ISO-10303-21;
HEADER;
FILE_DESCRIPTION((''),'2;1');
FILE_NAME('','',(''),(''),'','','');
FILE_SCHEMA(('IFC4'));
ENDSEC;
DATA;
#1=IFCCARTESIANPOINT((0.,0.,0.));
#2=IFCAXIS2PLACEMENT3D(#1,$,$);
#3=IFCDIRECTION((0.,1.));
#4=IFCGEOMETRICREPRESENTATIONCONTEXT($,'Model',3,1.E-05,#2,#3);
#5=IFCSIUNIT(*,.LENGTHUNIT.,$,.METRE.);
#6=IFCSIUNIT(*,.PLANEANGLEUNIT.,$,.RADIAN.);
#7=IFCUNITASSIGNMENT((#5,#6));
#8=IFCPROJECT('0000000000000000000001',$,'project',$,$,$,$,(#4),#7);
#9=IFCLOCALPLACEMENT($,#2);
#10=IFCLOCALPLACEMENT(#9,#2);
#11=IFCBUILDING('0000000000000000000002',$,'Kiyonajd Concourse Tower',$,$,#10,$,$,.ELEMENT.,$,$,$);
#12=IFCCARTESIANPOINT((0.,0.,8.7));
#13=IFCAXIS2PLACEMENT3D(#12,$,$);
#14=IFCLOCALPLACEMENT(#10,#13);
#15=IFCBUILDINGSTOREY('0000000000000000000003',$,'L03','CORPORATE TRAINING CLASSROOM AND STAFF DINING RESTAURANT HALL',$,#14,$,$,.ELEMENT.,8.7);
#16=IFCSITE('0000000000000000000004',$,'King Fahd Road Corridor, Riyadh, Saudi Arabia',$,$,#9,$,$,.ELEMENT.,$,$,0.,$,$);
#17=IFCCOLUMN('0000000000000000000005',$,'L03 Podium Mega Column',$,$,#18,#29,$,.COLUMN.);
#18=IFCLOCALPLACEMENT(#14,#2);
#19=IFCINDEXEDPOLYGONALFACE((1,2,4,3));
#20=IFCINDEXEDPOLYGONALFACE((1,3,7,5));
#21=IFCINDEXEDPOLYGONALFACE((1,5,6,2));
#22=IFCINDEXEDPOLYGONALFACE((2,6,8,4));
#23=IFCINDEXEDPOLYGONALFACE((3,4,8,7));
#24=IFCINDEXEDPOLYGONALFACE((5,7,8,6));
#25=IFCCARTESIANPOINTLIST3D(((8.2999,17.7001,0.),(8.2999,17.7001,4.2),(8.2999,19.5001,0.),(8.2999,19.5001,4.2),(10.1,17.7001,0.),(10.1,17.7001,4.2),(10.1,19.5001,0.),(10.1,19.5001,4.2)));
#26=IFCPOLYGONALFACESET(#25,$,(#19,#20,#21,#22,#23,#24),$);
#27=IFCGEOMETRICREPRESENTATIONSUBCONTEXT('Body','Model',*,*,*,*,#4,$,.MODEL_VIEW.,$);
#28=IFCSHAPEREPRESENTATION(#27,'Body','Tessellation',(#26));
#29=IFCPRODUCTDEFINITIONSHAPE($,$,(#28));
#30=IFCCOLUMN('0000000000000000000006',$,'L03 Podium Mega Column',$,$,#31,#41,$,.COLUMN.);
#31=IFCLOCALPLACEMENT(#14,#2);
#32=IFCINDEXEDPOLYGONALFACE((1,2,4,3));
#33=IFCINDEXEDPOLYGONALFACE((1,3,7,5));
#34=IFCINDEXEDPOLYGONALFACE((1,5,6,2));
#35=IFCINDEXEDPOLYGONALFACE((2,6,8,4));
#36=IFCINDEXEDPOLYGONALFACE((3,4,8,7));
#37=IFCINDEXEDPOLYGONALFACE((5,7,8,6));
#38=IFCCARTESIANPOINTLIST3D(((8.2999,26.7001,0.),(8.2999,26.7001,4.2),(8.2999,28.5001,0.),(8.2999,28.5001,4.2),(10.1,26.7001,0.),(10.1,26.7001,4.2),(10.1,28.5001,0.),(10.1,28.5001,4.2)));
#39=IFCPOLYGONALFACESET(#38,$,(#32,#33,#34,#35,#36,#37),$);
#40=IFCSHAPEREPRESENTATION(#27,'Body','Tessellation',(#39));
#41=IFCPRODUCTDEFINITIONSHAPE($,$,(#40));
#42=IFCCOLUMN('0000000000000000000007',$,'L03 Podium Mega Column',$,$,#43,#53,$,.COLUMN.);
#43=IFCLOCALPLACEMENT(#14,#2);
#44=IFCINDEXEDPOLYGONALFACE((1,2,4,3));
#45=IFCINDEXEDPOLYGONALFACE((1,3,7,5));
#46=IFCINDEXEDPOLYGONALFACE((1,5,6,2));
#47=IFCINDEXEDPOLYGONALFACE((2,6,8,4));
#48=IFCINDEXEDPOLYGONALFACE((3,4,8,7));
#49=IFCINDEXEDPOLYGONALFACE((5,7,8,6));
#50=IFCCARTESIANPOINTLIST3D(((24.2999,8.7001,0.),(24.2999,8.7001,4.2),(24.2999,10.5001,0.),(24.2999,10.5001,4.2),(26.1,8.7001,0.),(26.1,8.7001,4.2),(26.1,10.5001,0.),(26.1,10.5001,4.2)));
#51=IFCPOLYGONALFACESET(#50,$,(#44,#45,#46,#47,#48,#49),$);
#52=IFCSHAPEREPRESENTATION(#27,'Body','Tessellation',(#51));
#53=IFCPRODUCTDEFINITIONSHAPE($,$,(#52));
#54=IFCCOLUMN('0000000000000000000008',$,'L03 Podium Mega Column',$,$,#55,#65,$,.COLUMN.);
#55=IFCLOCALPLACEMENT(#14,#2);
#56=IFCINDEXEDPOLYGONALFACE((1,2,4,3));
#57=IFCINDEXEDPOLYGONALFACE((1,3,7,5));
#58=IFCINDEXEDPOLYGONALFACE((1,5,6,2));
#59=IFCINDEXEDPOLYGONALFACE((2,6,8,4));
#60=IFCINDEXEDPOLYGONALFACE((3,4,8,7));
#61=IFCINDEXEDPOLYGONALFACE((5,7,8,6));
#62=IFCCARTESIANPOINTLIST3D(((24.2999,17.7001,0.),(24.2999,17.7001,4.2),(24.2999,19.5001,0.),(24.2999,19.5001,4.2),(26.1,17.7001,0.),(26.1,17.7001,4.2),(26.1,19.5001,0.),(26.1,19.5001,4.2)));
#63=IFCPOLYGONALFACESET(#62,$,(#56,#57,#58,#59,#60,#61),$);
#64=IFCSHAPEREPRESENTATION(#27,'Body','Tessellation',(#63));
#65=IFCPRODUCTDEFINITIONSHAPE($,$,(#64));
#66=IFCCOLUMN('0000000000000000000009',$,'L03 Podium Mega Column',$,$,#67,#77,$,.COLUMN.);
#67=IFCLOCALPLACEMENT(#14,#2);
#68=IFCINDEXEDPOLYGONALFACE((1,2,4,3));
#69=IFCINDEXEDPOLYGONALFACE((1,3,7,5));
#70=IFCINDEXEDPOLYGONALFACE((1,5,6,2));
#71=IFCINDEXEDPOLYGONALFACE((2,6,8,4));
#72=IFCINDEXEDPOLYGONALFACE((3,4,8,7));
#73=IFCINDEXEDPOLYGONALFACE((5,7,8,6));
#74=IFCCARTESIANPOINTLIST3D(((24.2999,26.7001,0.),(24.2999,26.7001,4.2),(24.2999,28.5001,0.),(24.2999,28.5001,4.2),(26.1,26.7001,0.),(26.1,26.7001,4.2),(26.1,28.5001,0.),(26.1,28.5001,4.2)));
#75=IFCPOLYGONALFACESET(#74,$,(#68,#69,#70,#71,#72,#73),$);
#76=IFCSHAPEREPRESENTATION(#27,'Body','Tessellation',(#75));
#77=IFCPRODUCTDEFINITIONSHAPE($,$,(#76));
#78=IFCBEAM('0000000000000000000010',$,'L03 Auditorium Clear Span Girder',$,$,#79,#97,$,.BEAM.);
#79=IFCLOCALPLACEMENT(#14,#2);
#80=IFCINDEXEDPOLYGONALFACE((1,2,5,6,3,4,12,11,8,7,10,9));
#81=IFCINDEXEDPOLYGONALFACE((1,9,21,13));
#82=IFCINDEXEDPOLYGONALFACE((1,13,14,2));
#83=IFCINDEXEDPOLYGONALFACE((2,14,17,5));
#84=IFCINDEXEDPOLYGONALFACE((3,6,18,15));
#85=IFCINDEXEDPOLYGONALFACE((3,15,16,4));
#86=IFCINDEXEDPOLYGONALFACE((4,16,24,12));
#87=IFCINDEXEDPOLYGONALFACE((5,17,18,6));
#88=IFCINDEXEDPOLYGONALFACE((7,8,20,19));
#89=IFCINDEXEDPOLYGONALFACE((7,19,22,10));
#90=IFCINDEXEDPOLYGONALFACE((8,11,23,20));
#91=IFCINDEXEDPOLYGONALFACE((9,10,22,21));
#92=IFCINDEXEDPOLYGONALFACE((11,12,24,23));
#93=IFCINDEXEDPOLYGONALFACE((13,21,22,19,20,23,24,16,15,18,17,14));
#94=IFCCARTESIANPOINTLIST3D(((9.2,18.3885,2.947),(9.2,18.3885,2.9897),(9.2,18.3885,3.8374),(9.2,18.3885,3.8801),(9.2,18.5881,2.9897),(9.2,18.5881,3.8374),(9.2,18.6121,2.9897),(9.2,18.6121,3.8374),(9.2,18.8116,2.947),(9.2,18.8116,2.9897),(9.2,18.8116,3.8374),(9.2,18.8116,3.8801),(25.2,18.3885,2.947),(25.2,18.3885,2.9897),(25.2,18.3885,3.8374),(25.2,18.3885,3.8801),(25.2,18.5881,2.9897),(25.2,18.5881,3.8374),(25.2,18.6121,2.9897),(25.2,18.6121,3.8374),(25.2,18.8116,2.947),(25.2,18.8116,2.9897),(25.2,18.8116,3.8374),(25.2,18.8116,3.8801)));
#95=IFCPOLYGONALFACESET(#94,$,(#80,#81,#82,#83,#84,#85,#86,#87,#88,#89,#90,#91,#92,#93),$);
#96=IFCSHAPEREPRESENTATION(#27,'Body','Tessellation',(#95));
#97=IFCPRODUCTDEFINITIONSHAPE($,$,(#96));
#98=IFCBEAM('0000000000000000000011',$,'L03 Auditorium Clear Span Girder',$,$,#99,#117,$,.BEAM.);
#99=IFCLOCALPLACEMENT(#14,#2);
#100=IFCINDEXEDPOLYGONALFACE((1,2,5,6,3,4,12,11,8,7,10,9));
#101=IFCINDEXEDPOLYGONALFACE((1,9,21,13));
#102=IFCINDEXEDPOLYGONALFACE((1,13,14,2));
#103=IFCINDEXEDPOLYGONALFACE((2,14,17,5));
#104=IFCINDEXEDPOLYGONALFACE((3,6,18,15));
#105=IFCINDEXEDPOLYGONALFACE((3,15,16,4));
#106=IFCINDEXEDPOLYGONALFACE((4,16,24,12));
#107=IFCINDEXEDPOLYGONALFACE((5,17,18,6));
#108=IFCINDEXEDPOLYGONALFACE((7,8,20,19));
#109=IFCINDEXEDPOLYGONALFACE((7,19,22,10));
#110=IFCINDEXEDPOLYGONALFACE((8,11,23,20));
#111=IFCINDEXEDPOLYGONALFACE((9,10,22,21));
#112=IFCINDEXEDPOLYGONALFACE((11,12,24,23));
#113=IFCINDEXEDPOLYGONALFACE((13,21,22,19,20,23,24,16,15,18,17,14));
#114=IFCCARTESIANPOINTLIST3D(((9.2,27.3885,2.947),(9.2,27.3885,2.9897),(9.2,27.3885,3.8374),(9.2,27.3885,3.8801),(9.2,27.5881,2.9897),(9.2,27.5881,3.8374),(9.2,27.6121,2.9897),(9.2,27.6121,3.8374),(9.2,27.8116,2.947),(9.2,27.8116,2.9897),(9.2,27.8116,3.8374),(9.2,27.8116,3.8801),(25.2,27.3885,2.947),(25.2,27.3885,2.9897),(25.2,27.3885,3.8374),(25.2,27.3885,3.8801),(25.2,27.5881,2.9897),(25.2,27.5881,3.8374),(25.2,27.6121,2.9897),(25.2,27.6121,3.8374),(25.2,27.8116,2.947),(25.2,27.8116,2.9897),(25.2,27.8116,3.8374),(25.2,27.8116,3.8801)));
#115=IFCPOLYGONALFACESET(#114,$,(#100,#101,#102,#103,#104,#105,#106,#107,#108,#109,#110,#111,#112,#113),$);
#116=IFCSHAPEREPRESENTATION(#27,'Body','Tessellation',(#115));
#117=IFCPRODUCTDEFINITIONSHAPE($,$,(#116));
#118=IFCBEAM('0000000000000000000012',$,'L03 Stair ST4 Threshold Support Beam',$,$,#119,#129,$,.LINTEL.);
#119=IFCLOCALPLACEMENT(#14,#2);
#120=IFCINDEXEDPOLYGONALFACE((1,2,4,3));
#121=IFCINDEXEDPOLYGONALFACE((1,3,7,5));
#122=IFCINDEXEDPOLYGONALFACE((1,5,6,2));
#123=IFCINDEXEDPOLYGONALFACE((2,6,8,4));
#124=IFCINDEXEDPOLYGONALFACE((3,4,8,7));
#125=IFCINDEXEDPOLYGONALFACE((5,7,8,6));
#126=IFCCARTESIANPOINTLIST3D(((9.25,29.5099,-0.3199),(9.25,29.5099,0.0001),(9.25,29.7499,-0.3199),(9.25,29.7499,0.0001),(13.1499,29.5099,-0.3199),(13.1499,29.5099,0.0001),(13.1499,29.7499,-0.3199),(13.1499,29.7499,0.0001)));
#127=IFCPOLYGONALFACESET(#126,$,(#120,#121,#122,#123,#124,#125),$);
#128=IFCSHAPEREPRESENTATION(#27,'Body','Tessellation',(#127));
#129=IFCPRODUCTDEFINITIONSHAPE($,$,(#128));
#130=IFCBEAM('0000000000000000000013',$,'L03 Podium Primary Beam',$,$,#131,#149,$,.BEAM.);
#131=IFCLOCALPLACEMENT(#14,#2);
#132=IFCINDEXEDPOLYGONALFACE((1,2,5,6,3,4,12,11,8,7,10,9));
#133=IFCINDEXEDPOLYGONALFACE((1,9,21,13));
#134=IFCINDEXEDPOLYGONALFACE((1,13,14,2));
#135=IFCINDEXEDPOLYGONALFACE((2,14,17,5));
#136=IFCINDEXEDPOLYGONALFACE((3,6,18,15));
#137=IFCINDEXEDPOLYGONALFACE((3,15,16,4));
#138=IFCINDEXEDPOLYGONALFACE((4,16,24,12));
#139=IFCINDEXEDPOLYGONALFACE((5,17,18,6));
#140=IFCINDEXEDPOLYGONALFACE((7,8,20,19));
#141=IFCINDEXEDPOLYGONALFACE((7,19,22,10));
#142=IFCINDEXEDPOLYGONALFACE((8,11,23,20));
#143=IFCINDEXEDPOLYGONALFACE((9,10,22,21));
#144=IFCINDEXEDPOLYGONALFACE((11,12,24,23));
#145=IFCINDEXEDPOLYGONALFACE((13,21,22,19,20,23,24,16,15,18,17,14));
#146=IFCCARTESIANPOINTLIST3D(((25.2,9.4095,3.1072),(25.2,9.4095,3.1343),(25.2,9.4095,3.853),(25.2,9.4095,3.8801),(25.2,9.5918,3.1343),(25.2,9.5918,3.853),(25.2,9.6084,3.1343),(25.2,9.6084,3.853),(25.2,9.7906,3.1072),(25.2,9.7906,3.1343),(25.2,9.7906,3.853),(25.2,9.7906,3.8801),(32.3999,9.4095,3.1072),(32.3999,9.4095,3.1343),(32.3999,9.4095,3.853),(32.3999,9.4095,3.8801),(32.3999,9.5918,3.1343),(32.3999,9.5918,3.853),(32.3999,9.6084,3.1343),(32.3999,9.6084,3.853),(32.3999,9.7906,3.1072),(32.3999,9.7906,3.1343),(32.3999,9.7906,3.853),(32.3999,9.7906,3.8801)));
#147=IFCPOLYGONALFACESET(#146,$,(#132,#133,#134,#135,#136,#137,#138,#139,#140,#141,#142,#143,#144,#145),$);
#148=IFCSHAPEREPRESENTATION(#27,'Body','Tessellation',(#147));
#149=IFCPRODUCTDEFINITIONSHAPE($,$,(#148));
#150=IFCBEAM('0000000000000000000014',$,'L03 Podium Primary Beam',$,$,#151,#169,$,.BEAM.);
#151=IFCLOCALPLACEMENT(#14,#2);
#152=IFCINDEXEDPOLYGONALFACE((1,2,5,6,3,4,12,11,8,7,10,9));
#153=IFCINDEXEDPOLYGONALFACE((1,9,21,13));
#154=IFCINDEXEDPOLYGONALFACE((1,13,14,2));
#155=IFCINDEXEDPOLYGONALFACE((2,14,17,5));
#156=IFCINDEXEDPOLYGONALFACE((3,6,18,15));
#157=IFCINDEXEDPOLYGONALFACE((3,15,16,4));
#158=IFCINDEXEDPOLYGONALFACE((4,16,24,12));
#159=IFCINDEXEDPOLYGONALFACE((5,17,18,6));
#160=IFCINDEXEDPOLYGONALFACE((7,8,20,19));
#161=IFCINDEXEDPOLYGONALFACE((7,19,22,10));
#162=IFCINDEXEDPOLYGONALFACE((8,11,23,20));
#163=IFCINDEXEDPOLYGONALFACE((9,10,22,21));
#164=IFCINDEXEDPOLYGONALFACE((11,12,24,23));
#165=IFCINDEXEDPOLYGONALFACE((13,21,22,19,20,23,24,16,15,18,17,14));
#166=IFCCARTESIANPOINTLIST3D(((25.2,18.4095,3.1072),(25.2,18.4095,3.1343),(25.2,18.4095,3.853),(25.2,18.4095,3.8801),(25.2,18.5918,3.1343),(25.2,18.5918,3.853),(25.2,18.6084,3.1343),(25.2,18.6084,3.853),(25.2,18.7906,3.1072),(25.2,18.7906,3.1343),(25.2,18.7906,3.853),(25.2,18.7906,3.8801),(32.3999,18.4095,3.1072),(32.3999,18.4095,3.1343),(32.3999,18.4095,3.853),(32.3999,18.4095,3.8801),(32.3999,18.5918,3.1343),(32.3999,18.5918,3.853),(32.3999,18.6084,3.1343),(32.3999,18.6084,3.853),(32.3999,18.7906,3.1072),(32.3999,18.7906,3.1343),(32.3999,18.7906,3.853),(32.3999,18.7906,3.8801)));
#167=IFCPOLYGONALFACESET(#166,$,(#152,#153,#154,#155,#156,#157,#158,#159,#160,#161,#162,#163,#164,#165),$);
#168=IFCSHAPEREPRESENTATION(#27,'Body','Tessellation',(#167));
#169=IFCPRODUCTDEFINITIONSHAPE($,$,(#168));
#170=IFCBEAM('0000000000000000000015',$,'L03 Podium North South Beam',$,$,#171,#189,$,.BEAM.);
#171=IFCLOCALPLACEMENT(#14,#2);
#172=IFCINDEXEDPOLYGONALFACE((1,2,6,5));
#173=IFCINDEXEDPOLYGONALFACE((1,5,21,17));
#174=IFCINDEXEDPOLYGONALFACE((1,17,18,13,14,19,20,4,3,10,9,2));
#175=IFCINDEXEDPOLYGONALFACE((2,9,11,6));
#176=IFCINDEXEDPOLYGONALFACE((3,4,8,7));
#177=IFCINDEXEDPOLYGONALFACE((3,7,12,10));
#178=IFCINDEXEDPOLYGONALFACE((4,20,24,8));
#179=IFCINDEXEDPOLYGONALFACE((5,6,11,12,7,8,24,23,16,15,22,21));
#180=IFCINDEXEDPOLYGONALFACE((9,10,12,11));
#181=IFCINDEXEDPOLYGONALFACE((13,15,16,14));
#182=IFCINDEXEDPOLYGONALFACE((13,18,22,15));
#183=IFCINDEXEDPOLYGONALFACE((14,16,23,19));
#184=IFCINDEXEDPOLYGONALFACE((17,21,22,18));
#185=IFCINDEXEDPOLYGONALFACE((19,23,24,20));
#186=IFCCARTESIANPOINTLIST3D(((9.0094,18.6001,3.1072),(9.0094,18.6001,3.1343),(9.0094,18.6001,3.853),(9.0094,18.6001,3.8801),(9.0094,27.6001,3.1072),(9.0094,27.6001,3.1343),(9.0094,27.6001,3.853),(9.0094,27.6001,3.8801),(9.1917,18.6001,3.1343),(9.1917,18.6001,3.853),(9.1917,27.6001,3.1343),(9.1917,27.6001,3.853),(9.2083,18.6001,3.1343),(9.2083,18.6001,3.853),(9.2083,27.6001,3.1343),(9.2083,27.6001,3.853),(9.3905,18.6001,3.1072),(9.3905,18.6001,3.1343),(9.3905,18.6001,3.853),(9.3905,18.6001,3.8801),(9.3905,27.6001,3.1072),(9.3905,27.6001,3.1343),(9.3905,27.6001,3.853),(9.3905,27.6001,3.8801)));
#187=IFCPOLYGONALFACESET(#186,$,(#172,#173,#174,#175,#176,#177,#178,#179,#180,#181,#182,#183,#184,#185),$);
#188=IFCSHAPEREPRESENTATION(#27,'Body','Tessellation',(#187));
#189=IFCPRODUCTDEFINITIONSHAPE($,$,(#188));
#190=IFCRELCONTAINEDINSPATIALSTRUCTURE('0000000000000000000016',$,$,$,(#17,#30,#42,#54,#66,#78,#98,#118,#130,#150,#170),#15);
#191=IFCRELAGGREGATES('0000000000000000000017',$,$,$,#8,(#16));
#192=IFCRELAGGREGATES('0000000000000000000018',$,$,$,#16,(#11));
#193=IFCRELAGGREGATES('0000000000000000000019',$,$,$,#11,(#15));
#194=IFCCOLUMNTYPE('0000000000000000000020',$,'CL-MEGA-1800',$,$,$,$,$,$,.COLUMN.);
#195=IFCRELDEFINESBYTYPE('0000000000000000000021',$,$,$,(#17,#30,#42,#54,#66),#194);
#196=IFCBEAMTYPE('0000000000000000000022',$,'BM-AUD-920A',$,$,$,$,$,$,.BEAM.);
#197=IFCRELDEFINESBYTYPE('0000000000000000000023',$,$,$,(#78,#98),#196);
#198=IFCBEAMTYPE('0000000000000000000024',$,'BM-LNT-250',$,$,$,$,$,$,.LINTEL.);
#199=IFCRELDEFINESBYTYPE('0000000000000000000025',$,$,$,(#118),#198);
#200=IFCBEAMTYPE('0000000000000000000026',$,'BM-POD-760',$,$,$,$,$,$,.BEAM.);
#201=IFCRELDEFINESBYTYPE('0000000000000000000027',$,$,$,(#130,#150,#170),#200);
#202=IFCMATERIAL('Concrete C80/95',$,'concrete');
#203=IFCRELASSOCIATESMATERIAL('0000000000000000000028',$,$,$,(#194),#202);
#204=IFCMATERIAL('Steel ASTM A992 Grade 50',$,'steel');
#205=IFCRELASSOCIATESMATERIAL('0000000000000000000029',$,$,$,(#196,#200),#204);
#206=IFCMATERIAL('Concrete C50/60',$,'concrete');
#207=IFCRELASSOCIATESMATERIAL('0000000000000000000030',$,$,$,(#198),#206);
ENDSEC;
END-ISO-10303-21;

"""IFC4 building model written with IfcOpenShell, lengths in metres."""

from ifc_helpers import new_model, si_unit, direction, frame, origin, origin_2d, place, context, subcontext, project, spatial, rectangle, i_section, extrude, material, material_profile, profile_set, type_object, element, save


model = new_model("IFC4")

# Units and contexts
model_context = context("Model", 3, precision=1e-05, world=origin(), true_north=direction((0.0, 1.0)))
body_context = subcontext(model_context, "Body", "Model", "MODEL_VIEW")
ifc_project = project(units=[si_unit("LENGTHUNIT", "METRE"), si_unit("PLANEANGLEUNIT", "RADIAN")], contexts=[model_context])

# Site, building, storey
site_placement = place(None, origin())
site = spatial("IfcSite", under=ifc_project, at=site_placement, Name="King Fahd Road Corridor, Riyadh, Saudi Arabia", CompositionType="ELEMENT", RefElevation=0.0)
building_placement = place(site_placement, origin())
building = spatial("IfcBuilding", under=site, at=building_placement, Name="Kiyonajd Concourse Tower", CompositionType="ELEMENT")
storey_placement = place(building_placement, frame((0.0, 0.0, 8.7)))
storey = spatial("IfcBuildingStorey", under=building, at=storey_placement, Name="L03", Description="CORPORATE TRAINING CLASSROOM AND STAFF DINING RESTAURANT HALL", CompositionType="ELEMENT", Elevation=8.7)

# Columns
ifc_material_1 = material(Name="Concrete C80/95", Category="concrete")
ifc_material_profile_1 = material_profile(ifc_material_1, rectangle(XDim=1.8, YDim=1.8, at=origin_2d()), Name="RC-1800x1800")
ifc_profile_set_1 = profile_set([ifc_material_profile_1], Name="Concrete C80/95")
column_type = type_object("IfcColumnType", Name="CL-MEGA-1800", PredefinedType="COLUMN", material=ifc_profile_set_1)
for number, where, z_axis, x_axis, name in (
    (1, (9.2, 18.6001, 0.0), (0.0, 0.0, 1.0), (1.0, 0.0, 0.0), "L03 Podium Mega Column"),
    (2, (9.2, 27.6001, 0.0), (0.0, 0.0, 1.0), (1.0, 0.0, 0.0), "L03 Podium Mega Column"),
    (3, (25.2, 9.6001, 0.0), (0.0, 0.0, 1.0), (1.0, 0.0, 0.0), "L03 Podium Mega Column"),
    (4, (25.2, 18.6001, 0.0), (0.0, 0.0, 1.0), (1.0, 0.0, 0.0), "L03 Podium Mega Column"),
    (5, (25.2, 27.6001, 0.0), (0.0, 0.0, 1.0), (1.0, 0.0, 0.0), "L03 Podium Mega Column"),
):
    element("IfcColumn", number, at=place(storey_placement, frame(where, z_axis=z_axis, x_axis=x_axis)), inside=storey, type_object=column_type, Name=name, PredefinedType="COLUMN", context=body_context, shape_type="SweptSolid", body=[
        extrude(rectangle(XDim=1.8, YDim=1.8, at=origin_2d()), origin(), (0.0, 0.0, 1.0), 4.2),
    ])

# Beams
ifc_material_2 = material(Name="Steel ASTM A992 Grade 50", Category="steel")
ifc_material_profile_2 = material_profile(ifc_material_2, i_section(OverallWidth=0.4231, OverallDepth=0.9331, WebThickness=0.0239, FlangeThickness=0.0427, at=origin_2d()), Name="W920X446")
ifc_profile_set_2 = profile_set([ifc_material_profile_2], Name="Steel ASTM A992 Grade 50")
beam_type_1 = type_object("IfcBeamType", Name="BM-AUD-920A", PredefinedType="BEAM", material=ifc_profile_set_2)
for number, where, z_axis, x_axis, name in (
    (6, (9.2, 18.6001, 3.4136), (1.0, 0.0, 0.0), (0.0, 1.0, 0.0), "L03 Auditorium Clear Span Girder"),
    (7, (9.2, 27.6001, 3.4136), (1.0, 0.0, 0.0), (0.0, 1.0, 0.0), "L03 Auditorium Clear Span Girder"),
):
    element("IfcBeam", number, at=place(storey_placement, frame(where, z_axis=z_axis, x_axis=x_axis)), inside=storey, type_object=beam_type_1, Name=name, PredefinedType="BEAM", context=body_context, shape_type="SweptSolid", body=[
        extrude(i_section(OverallWidth=0.4231, OverallDepth=0.9331, WebThickness=0.0239, FlangeThickness=0.0427, at=origin_2d()), origin(), (0.0, 0.0, 1.0), 16.0),
    ])
ifc_material_3 = material(Name="Concrete C50/60", Category="concrete")
ifc_material_profile_3 = material_profile(ifc_material_3, rectangle(XDim=0.24, YDim=0.3201, at=origin_2d()), Name="RCBM-240x320")
ifc_profile_set_3 = profile_set([ifc_material_profile_3], Name="Concrete C50/60")
beam_type_2 = type_object("IfcBeamType", Name="BM-LNT-250", PredefinedType="LINTEL", material=ifc_profile_set_3)
beam_1_placement = place(storey_placement, frame((9.25, 29.6299, -0.1599), z_axis=(1.0, 0.0, 0.0), x_axis=(0.0, 1.0, 0.0)))
element("IfcBeam", 8, at=beam_1_placement, inside=storey, type_object=beam_type_2, Name="L03 Stair ST4 Threshold Support Beam", PredefinedType="LINTEL", context=body_context, shape_type="SweptSolid", body=[
    extrude(rectangle(XDim=0.24, YDim=0.3201, at=origin_2d()), origin(), (0.0, 0.0, 1.0), 3.8999),
])
ifc_material_profile_4 = material_profile(ifc_material_2, i_section(OverallWidth=0.3811, OverallDepth=0.7729, WebThickness=0.0166, FlangeThickness=0.0271, at=origin_2d()), Name="W760X257")
ifc_profile_set_4 = profile_set([ifc_material_profile_4], Name="Steel ASTM A992 Grade 50")
beam_type_3 = type_object("IfcBeamType", Name="BM-POD-760", PredefinedType="BEAM", material=ifc_profile_set_4)
for number, where, z_axis, x_axis, name in (
    (9, (25.2, 9.6001, 3.4937), (1.0, 0.0, 0.0), (0.0, 1.0, 0.0), "L03 Podium Primary Beam"),
    (10, (25.2, 18.6001, 3.4937), (1.0, 0.0, 0.0), (0.0, 1.0, 0.0), "L03 Podium Primary Beam"),
):
    element("IfcBeam", number, at=place(storey_placement, frame(where, z_axis=z_axis, x_axis=x_axis)), inside=storey, type_object=beam_type_3, Name=name, PredefinedType="BEAM", context=body_context, shape_type="SweptSolid", body=[
        extrude(i_section(OverallWidth=0.3811, OverallDepth=0.7729, WebThickness=0.0166, FlangeThickness=0.0271, at=origin_2d()), origin(), (0.0, 0.0, 1.0), 7.2),
    ])
beam_2_placement = place(storey_placement, frame((9.2, 18.6001, 3.4937), z_axis=(0.0, 1.0, 0.0), x_axis=(-1.0, 0.0, 0.0)))
element("IfcBeam", 11, at=beam_2_placement, inside=storey, type_object=beam_type_3, Name="L03 Podium North South Beam", PredefinedType="BEAM", context=body_context, shape_type="SweptSolid", body=[
    extrude(i_section(OverallWidth=0.3811, OverallDepth=0.7729, WebThickness=0.0166, FlangeThickness=0.0271, at=origin_2d()), origin(), (0.0, 0.0, 1.0), 9.0),
])

save(model, "model.ifc")
